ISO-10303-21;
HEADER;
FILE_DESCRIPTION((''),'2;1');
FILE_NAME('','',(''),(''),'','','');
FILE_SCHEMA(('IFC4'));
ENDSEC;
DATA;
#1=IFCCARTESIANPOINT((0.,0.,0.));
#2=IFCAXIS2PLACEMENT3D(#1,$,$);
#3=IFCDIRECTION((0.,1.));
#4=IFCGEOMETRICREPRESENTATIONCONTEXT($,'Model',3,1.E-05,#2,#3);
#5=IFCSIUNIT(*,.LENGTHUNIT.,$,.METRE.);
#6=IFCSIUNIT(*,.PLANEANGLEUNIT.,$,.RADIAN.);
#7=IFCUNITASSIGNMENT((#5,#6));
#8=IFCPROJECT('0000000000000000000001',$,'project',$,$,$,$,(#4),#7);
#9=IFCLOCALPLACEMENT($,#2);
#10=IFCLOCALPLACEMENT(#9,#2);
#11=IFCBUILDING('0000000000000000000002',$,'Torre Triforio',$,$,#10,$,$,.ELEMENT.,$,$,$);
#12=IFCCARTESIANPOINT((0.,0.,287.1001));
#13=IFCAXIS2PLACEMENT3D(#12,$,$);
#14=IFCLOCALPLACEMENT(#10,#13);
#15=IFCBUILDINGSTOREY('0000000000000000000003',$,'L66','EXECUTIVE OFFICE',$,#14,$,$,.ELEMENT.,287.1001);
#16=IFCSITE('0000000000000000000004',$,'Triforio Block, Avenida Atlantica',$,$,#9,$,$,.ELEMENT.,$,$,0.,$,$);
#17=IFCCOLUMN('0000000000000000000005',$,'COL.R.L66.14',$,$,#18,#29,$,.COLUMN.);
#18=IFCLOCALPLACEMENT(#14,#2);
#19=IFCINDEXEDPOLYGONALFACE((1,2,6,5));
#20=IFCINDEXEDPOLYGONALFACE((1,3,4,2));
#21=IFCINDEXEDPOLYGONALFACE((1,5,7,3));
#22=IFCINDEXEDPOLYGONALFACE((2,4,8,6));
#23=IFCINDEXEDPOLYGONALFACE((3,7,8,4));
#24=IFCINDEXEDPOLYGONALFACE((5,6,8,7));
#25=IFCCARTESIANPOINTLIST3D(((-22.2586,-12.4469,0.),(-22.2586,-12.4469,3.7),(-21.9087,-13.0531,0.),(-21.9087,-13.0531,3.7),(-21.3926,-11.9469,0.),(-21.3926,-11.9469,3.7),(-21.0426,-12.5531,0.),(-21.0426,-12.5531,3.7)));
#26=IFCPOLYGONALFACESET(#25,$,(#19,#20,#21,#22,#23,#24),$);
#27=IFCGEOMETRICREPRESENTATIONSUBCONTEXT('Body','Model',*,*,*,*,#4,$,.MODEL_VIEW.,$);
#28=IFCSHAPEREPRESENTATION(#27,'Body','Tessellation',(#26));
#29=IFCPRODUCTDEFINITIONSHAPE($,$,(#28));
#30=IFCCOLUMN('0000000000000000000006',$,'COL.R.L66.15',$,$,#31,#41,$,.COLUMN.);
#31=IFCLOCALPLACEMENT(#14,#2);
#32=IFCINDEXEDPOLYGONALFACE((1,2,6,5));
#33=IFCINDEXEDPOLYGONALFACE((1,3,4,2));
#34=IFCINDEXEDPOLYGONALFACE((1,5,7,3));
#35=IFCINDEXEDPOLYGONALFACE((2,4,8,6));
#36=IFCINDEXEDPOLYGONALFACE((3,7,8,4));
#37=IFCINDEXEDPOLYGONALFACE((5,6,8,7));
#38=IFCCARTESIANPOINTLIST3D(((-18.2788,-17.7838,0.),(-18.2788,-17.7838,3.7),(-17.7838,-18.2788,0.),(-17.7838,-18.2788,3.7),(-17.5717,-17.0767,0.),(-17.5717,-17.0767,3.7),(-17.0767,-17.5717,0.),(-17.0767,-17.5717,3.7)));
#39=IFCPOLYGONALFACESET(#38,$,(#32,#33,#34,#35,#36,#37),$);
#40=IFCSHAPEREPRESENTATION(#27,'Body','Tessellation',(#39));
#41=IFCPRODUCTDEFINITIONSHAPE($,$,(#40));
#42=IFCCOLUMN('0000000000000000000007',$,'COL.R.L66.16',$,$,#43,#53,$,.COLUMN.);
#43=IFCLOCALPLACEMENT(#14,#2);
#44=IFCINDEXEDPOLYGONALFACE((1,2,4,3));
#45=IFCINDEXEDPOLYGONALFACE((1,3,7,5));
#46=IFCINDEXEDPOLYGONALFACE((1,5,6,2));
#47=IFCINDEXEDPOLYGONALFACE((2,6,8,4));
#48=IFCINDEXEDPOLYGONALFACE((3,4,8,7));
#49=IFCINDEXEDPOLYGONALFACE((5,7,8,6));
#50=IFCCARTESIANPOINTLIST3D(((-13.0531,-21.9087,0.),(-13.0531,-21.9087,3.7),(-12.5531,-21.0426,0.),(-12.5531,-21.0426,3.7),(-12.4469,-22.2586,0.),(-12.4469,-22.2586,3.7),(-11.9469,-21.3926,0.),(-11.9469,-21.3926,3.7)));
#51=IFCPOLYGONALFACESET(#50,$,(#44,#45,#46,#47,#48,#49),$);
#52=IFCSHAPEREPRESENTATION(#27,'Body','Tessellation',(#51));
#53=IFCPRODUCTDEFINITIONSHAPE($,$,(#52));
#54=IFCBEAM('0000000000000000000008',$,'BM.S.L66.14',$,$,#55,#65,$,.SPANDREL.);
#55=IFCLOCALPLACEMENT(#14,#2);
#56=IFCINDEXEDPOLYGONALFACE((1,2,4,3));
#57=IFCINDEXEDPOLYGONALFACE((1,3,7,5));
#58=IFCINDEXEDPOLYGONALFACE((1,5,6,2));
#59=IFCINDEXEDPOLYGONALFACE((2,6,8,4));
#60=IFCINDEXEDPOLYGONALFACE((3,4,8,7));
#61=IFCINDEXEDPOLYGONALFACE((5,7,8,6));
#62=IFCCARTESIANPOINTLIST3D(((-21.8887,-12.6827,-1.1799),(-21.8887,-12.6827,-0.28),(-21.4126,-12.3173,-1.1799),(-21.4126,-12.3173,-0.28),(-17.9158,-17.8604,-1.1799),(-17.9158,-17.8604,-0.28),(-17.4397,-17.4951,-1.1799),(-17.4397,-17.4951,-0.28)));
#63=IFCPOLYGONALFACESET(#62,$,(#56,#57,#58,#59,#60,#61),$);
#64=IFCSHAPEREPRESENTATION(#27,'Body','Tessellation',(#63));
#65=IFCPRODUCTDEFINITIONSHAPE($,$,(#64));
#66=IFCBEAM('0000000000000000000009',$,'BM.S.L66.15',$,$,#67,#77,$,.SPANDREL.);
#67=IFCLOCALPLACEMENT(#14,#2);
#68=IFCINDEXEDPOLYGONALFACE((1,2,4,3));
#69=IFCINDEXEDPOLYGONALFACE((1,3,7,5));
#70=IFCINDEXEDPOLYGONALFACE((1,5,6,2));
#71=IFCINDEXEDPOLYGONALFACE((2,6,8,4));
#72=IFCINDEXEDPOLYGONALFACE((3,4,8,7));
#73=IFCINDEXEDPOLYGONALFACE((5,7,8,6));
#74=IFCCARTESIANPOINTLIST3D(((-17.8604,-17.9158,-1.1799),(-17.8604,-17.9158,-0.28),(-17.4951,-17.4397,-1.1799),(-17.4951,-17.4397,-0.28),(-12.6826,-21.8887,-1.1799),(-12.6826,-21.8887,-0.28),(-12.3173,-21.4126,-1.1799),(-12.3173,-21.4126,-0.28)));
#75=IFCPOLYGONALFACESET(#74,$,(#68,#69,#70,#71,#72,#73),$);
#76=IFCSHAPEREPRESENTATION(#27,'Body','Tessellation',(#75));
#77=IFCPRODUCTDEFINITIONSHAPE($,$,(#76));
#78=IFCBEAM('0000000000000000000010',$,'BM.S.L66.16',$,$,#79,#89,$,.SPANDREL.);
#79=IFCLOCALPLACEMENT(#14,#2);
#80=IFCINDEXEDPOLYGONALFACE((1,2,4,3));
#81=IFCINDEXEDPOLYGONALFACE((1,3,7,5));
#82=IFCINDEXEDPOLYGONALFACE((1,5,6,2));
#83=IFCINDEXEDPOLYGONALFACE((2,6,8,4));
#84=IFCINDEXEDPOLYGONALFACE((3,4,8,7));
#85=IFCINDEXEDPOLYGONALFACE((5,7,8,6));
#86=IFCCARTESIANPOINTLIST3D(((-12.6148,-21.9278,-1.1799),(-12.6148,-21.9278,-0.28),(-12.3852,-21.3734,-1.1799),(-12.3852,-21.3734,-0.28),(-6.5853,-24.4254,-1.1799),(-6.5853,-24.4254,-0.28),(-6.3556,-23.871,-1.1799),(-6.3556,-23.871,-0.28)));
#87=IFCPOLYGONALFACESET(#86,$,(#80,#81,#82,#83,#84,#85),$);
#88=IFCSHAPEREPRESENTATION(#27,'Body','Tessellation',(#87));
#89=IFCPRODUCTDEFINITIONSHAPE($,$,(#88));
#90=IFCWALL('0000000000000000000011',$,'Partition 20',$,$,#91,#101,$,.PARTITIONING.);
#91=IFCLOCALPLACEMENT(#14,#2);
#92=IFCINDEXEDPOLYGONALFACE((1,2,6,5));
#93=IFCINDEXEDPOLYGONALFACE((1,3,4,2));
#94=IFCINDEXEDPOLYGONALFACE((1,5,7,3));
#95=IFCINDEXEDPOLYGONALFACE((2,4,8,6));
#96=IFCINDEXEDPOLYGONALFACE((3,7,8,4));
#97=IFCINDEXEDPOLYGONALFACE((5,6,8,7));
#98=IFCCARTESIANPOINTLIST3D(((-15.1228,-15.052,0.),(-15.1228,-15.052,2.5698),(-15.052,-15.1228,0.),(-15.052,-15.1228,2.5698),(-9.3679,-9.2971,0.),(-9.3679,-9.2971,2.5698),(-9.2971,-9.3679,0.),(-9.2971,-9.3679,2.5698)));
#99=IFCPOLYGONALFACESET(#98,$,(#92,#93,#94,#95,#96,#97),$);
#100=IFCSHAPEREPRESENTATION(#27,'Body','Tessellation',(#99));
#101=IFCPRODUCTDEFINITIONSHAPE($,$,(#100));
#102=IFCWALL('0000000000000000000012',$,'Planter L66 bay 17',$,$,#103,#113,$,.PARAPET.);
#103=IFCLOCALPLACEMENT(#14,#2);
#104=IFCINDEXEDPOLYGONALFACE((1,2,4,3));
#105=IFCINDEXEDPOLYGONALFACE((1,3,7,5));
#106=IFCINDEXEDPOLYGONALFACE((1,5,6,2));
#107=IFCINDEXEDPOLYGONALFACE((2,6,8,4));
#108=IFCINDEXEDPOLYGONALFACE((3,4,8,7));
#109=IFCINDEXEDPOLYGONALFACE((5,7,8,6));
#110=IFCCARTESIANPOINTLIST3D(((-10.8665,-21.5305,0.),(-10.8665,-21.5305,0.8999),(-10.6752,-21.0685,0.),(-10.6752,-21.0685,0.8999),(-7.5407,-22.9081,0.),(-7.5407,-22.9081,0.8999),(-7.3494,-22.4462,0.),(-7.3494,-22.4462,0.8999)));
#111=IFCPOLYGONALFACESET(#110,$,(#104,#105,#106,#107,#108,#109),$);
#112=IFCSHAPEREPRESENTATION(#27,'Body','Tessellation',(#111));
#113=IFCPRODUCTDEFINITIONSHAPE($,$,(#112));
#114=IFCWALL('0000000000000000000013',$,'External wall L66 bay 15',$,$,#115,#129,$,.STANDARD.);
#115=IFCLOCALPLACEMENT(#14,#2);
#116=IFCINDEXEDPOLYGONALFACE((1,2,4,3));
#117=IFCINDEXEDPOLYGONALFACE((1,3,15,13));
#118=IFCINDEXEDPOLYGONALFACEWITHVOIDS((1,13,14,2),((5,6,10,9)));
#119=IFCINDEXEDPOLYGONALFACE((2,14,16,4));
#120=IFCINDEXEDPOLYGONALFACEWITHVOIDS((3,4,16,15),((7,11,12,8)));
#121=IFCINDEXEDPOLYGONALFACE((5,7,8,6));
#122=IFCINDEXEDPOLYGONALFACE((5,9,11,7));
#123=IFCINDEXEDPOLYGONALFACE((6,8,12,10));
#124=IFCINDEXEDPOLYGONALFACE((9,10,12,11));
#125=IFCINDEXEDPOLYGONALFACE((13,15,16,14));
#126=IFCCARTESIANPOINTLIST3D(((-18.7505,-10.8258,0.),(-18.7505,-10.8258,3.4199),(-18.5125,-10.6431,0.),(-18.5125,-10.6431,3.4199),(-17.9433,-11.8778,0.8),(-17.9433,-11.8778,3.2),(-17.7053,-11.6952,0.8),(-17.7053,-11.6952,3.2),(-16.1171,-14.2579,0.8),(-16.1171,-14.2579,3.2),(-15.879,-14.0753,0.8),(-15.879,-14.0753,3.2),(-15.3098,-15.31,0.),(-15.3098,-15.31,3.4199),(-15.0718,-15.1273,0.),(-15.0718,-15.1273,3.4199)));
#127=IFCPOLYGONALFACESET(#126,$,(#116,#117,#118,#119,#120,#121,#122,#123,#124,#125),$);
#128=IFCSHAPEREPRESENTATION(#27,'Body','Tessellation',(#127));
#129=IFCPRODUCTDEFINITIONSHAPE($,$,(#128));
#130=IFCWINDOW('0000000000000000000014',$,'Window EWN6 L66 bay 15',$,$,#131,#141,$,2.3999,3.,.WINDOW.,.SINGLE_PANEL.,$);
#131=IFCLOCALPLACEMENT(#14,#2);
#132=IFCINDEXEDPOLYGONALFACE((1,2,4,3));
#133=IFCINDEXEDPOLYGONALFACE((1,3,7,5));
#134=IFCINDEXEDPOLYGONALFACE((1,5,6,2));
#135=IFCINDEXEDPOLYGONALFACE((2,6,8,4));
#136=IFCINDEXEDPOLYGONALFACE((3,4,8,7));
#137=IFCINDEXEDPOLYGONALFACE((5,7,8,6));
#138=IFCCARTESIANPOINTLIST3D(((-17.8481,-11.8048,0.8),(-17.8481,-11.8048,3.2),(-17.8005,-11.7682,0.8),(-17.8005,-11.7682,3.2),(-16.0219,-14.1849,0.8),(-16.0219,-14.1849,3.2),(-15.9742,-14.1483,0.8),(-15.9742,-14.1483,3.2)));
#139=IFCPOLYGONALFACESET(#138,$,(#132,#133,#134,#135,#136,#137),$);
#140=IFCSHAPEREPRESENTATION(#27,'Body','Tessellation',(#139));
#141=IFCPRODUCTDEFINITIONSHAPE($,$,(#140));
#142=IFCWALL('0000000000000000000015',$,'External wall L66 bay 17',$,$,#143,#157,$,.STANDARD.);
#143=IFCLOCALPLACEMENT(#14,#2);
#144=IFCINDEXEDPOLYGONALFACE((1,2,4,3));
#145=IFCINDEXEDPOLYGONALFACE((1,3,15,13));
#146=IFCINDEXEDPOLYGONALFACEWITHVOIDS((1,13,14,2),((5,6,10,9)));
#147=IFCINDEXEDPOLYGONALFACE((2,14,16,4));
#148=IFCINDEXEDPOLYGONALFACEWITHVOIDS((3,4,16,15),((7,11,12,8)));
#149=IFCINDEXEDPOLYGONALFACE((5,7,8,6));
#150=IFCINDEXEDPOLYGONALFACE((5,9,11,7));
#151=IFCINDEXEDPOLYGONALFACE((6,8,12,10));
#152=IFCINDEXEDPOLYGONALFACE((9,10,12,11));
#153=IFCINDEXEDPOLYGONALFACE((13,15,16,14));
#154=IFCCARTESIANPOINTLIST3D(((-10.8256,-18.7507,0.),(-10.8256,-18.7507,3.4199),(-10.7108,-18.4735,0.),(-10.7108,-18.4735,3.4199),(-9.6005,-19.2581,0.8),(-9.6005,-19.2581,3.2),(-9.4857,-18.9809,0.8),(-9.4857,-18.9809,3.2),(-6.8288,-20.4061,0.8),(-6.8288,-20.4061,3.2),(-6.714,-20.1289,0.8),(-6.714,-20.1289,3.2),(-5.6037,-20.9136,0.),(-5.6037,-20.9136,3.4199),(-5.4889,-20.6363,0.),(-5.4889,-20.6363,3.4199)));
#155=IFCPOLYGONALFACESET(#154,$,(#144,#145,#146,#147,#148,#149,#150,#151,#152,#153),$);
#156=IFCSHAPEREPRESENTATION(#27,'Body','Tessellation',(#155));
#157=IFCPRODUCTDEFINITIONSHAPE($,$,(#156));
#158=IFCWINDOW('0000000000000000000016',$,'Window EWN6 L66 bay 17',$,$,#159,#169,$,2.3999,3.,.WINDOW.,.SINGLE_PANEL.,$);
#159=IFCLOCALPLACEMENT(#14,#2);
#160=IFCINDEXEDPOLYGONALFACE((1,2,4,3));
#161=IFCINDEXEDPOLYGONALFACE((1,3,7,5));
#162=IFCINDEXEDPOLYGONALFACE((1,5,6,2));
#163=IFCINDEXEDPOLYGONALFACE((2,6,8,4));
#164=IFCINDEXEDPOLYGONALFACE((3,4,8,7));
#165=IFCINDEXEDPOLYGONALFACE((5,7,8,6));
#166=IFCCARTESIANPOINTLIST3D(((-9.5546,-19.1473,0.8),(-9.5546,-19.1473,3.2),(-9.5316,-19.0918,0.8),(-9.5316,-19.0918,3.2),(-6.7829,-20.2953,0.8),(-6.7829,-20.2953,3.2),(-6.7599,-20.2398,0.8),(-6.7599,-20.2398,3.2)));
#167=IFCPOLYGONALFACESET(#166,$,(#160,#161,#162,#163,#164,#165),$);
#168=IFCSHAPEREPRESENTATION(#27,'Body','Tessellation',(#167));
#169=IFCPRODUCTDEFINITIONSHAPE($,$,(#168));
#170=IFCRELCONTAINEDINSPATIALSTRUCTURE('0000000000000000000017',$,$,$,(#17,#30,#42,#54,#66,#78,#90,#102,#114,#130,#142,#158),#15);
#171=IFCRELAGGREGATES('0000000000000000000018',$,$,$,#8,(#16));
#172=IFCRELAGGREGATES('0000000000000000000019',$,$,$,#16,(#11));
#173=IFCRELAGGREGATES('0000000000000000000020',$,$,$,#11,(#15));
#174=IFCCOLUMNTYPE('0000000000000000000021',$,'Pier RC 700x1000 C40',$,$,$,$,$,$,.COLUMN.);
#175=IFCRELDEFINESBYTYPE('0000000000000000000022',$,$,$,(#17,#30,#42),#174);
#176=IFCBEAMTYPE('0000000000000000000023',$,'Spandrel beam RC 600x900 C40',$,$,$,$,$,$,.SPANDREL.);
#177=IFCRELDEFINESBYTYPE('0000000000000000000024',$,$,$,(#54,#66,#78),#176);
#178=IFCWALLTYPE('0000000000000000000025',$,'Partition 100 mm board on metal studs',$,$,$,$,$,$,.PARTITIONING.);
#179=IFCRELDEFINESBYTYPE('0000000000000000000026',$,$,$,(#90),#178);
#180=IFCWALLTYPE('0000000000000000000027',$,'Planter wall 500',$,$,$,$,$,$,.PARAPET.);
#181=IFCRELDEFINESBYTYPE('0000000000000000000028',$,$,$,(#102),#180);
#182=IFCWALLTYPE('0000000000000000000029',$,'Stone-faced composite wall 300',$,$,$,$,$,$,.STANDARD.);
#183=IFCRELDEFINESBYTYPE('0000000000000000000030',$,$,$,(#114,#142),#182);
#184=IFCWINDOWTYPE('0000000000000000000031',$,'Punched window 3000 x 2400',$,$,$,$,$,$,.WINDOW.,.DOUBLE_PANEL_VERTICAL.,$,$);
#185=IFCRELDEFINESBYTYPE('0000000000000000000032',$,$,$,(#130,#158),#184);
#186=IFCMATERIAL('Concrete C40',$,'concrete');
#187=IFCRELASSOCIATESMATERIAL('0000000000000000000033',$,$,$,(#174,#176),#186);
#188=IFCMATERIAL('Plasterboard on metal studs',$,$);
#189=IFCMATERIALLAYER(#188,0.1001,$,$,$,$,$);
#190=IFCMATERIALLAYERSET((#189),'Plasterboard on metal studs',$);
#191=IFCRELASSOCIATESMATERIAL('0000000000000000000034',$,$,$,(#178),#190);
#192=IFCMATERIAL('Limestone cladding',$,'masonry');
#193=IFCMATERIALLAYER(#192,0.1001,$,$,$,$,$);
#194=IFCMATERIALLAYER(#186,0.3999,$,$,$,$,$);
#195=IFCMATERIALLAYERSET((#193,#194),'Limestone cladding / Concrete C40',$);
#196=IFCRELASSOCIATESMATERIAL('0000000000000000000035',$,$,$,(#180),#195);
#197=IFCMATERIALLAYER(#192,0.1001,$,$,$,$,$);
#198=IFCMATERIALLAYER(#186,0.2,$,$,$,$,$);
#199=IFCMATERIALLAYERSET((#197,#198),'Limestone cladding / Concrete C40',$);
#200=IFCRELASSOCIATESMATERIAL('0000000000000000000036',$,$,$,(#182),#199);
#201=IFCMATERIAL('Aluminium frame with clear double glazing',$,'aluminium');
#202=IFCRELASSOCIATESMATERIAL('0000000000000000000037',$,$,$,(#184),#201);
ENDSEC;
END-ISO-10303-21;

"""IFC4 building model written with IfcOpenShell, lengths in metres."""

from ifc_helpers import new_model, si_unit, direction, frame, frame_2d, origin, origin_2d, place, context, subcontext, project, spatial, rectangle, extrude, material, layer, layer_set, material_profile, profile_set, type_object, element, fill, save


model = new_model("IFC4")

# Units and contexts
model_context = context("Model", 3, precision=1e-05, world=origin(), true_north=direction((0.0, 1.0)))
body_context = subcontext(model_context, "Body", "Model", "MODEL_VIEW")
ifc_project = project(units=[si_unit("LENGTHUNIT", "METRE"), si_unit("PLANEANGLEUNIT", "RADIAN")], contexts=[model_context])

# Site, building, storey
site_placement = place(None, origin())
site = spatial("IfcSite", under=ifc_project, at=site_placement, Name="Triforio Block, Avenida Atlantica", CompositionType="ELEMENT", RefElevation=0.0)
building_placement = place(site_placement, origin())
building = spatial("IfcBuilding", under=site, at=building_placement, Name="Torre Triforio", CompositionType="ELEMENT")
storey_placement = place(building_placement, frame((0.0, 0.0, 287.1001)))
storey = spatial("IfcBuildingStorey", under=building, at=storey_placement, Name="L66", Description="EXECUTIVE OFFICE", CompositionType="ELEMENT", Elevation=287.1001)

# Columns
ifc_material_1 = material(Name="Concrete C40", Category="concrete")
ifc_material_profile_1 = material_profile(ifc_material_1, rectangle(XDim=0.7, YDim=1.0, at=origin_2d()), Name="RC 700x1000")
ifc_profile_set_1 = profile_set([ifc_material_profile_1], Name="Concrete C40")
column_type = type_object("IfcColumnType", Name="Pier RC 700x1000 C40", PredefinedType="COLUMN", material=ifc_profile_set_1)
for number, where, z_axis, x_axis, name in (
    (1, (-21.6506, -12.5, 0.0), (0.0, 0.0, 1.0), (0.5, -0.866025, 0.0), "COL.R.L66.14"),
    (2, (-17.6777, -17.6777, 0.0), (0.0, 0.0, 1.0), (0.707107, -0.707107, 0.0), "COL.R.L66.15"),
    (3, (-12.5, -21.6506, 0.0), (0.0, 0.0, 1.0), (0.866025, -0.5, 0.0), "COL.R.L66.16"),
):
    element("IfcColumn", number, at=place(storey_placement, frame(where, z_axis=z_axis, x_axis=x_axis)), inside=storey, type_object=column_type, Name=name, PredefinedType="COLUMN", context=body_context, shape_type="SweptSolid", body=[
        extrude(rectangle(XDim=0.7, YDim=1.0, at=origin_2d()), origin(), (0.0, 0.0, 1.0), 3.7),
    ])

# Beams
ifc_material_profile_2 = material_profile(ifc_material_1, rectangle(XDim=0.6001, YDim=0.8999, at=origin_2d()), Name="RC 600x900")
ifc_profile_set_2 = profile_set([ifc_material_profile_2], Name="Concrete C40")
beam_type = type_object("IfcBeamType", Name="Spandrel beam RC 600x900 C40", PredefinedType="SPANDREL", material=ifc_profile_set_2)
for number, where, z_axis, x_axis, name in (
    (4, (-21.6506, -12.5, -0.73), (0.60875, -0.793362, 0.0), (0.793362, 0.60875, 0.0), "BM.S.L66.14"),
    (5, (-17.6777, -17.6777, -0.73), (0.793362, -0.60875, 0.0), (0.60875, 0.793362, 0.0), "BM.S.L66.15"),
    (6, (-12.5, -21.6506, -0.73), (0.923877, -0.382689, 0.0), (0.382689, 0.923877, 0.0), "BM.S.L66.16"),
):
    element("IfcBeam", number, at=place(storey_placement, frame(where, z_axis=z_axis, x_axis=x_axis)), inside=storey, type_object=beam_type, Name=name, PredefinedType="SPANDREL", context=body_context, shape_type="SweptSolid", body=[
        extrude(rectangle(XDim=0.6001, YDim=0.8999, at=origin_2d()), origin(), (0.0, 0.0, 1.0), 6.5264),
    ])

# Walls
ifc_material_2 = material(Name="Plasterboard on metal studs")
ifc_layer_1 = layer(ifc_material_2, 0.1001)
ifc_layer_set_1 = layer_set([ifc_layer_1], Name="Plasterboard on metal studs")
wall_type_1 = type_object("IfcWallType", Name="Partition 100 mm board on metal studs", PredefinedType="PARTITIONING", material=ifc_layer_set_1)
wall_1_placement = place(storey_placement, frame((-9.3325, -9.3325, 0.0), z_axis=(0.0, 0.0, 1.0), x_axis=(-0.707107, -0.707107, 0.0)))
element("IfcWall", 7, at=wall_1_placement, inside=storey, type_object=wall_type_1, Name="Partition 20", PredefinedType="PARTITIONING", context=body_context, shape_type="SweptSolid", body=[
    extrude(rectangle(XDim=8.1387, YDim=0.1001, at=frame_2d((4.0693, 0.0))), origin(), (0.0, 0.0, 1.0), 2.5698),
])
ifc_material_3 = material(Name="Limestone cladding", Category="masonry")
ifc_layer_2 = layer(ifc_material_3, 0.1001)
ifc_layer_3 = layer(ifc_material_1, 0.3999)
ifc_layer_set_2 = layer_set([ifc_layer_2, ifc_layer_3], Name="Limestone cladding / Concrete C40")
wall_type_2 = type_object("IfcWallType", Name="Planter wall 500", PredefinedType="PARAPET", material=ifc_layer_set_2)
wall_2_placement = place(storey_placement, frame((-10.7708, -21.2996, 0.0), z_axis=(0.0, 0.0, 1.0), x_axis=(0.923875, -0.382693, 0.0)))
element("IfcWall", 8, at=wall_2_placement, inside=storey, type_object=wall_type_2, Name="Planter L66 bay 17", PredefinedType="PARAPET", context=body_context, shape_type="SweptSolid", body=[
    extrude(rectangle(XDim=3.5999, YDim=0.5, at=frame_2d((1.7998, 0.0))), origin(), (0.0, 0.0, 1.0), 0.8999),
])

# Wall, opening, window
ifc_layer_4 = layer(ifc_material_3, 0.1001)
ifc_layer_5 = layer(ifc_material_1, 0.2)
ifc_layer_set_3 = layer_set([ifc_layer_4, ifc_layer_5], Name="Limestone cladding / Concrete C40")
wall_type_3 = type_object("IfcWallType", Name="Stone-faced composite wall 300", PredefinedType="STANDARD", material=ifc_layer_set_3)
wall_3_placement = place(storey_placement, frame((-18.6316, -10.7344, 0.0), z_axis=(0.0, 0.0, 1.0), x_axis=(0.608748, -0.793364, 0.0)))
wall_3 = element("IfcWall", 9, at=wall_3_placement, inside=storey, type_object=wall_type_3, Name="External wall L66 bay 15", PredefinedType="STANDARD", context=body_context, shape_type="SweptSolid", body=[
    extrude(rectangle(XDim=5.6521, YDim=0.3, at=frame_2d((2.8262, 0.0))), origin(), (0.0, 0.0, 1.0), 3.4199),
])
opening_1_placement = place(wall_3_placement, frame((1.3262, 0.0, 0.8)))
opening_1 = element("IfcOpeningElement", 10, at=opening_1_placement, cuts=wall_3, PredefinedType="OPENING", context=body_context, shape_type="SweptSolid", body=[
    extrude(rectangle(XDim=3.0, YDim=2.3999, at=frame_2d((1.5, 1.2))), frame((0.0, 0.1599, 0.0), z_axis=(0.0, -1.0, 0.0), x_axis=(1.0, 0.0, 0.0)), (0.0, 0.0, 1.0), 0.3201),
])
ifc_material_4 = material(Name="Aluminium frame with clear double glazing", Category="aluminium")
window_type_1 = type_object("IfcWindowType", Name="Punched window 3000 x 2400", PartitioningType="DOUBLE_PANEL_VERTICAL", PredefinedType="WINDOW", material=ifc_material_4)
window_1_placement = place(opening_1_placement, origin())
window_1 = element("IfcWindow", 11, at=window_1_placement, inside=storey, type_object=window_type_1, Name="Window EWN6 L66 bay 15", OverallHeight=2.3999, OverallWidth=3.0, PartitioningType="SINGLE_PANEL", PredefinedType="WINDOW", context=body_context, shape_type="SweptSolid", body=[
    extrude(rectangle(XDim=3.0, YDim=2.3999, at=frame_2d((1.5, 1.2))), frame((0.0, 0.03, 0.0), z_axis=(0.0, -1.0, 0.0), x_axis=(1.0, 0.0, 0.0)), (0.0, 0.0, 1.0), 0.0601),
])
fill(opening_1, window_1)

# Wall, opening, window
wall_4_placement = place(storey_placement, frame((-10.7683, -18.6121, 0.0), z_axis=(0.0, 0.0, 1.0), x_axis=(0.923889, -0.382661, 0.0)))
wall_4 = element("IfcWall", 12, at=wall_4_placement, inside=storey, type_object=wall_type_3, Name="External wall L66 bay 17", PredefinedType="STANDARD", context=body_context, shape_type="SweptSolid", body=[
    extrude(rectangle(XDim=5.6521, YDim=0.3, at=frame_2d((2.8262, 0.0))), origin(), (0.0, 0.0, 1.0), 3.4199),
])
opening_2_placement = place(wall_4_placement, frame((1.3262, 0.0, 0.8)))
opening_2 = element("IfcOpeningElement", 13, at=opening_2_placement, cuts=wall_4, PredefinedType="OPENING", context=body_context, shape_type="SweptSolid", body=[
    extrude(rectangle(XDim=3.0, YDim=2.3999, at=frame_2d((1.5, 1.2))), frame((0.0, 0.1599, 0.0), z_axis=(0.0, -1.0, 0.0), x_axis=(1.0, 0.0, 0.0)), (0.0, 0.0, 1.0), 0.3201),
])
window_2_placement = place(opening_2_placement, origin())
window_2 = element("IfcWindow", 14, at=window_2_placement, inside=storey, type_object=window_type_1, Name="Window EWN6 L66 bay 17", OverallHeight=2.3999, OverallWidth=3.0, PartitioningType="SINGLE_PANEL", PredefinedType="WINDOW", context=body_context, shape_type="SweptSolid", body=[
    extrude(rectangle(XDim=3.0, YDim=2.3999, at=frame_2d((1.5, 1.2))), frame((0.0, 0.03, 0.0), z_axis=(0.0, -1.0, 0.0), x_axis=(1.0, 0.0, 0.0)), (0.0, 0.0, 1.0), 0.0601),
])
fill(opening_2, window_2)

save(model, "model.ifc")
